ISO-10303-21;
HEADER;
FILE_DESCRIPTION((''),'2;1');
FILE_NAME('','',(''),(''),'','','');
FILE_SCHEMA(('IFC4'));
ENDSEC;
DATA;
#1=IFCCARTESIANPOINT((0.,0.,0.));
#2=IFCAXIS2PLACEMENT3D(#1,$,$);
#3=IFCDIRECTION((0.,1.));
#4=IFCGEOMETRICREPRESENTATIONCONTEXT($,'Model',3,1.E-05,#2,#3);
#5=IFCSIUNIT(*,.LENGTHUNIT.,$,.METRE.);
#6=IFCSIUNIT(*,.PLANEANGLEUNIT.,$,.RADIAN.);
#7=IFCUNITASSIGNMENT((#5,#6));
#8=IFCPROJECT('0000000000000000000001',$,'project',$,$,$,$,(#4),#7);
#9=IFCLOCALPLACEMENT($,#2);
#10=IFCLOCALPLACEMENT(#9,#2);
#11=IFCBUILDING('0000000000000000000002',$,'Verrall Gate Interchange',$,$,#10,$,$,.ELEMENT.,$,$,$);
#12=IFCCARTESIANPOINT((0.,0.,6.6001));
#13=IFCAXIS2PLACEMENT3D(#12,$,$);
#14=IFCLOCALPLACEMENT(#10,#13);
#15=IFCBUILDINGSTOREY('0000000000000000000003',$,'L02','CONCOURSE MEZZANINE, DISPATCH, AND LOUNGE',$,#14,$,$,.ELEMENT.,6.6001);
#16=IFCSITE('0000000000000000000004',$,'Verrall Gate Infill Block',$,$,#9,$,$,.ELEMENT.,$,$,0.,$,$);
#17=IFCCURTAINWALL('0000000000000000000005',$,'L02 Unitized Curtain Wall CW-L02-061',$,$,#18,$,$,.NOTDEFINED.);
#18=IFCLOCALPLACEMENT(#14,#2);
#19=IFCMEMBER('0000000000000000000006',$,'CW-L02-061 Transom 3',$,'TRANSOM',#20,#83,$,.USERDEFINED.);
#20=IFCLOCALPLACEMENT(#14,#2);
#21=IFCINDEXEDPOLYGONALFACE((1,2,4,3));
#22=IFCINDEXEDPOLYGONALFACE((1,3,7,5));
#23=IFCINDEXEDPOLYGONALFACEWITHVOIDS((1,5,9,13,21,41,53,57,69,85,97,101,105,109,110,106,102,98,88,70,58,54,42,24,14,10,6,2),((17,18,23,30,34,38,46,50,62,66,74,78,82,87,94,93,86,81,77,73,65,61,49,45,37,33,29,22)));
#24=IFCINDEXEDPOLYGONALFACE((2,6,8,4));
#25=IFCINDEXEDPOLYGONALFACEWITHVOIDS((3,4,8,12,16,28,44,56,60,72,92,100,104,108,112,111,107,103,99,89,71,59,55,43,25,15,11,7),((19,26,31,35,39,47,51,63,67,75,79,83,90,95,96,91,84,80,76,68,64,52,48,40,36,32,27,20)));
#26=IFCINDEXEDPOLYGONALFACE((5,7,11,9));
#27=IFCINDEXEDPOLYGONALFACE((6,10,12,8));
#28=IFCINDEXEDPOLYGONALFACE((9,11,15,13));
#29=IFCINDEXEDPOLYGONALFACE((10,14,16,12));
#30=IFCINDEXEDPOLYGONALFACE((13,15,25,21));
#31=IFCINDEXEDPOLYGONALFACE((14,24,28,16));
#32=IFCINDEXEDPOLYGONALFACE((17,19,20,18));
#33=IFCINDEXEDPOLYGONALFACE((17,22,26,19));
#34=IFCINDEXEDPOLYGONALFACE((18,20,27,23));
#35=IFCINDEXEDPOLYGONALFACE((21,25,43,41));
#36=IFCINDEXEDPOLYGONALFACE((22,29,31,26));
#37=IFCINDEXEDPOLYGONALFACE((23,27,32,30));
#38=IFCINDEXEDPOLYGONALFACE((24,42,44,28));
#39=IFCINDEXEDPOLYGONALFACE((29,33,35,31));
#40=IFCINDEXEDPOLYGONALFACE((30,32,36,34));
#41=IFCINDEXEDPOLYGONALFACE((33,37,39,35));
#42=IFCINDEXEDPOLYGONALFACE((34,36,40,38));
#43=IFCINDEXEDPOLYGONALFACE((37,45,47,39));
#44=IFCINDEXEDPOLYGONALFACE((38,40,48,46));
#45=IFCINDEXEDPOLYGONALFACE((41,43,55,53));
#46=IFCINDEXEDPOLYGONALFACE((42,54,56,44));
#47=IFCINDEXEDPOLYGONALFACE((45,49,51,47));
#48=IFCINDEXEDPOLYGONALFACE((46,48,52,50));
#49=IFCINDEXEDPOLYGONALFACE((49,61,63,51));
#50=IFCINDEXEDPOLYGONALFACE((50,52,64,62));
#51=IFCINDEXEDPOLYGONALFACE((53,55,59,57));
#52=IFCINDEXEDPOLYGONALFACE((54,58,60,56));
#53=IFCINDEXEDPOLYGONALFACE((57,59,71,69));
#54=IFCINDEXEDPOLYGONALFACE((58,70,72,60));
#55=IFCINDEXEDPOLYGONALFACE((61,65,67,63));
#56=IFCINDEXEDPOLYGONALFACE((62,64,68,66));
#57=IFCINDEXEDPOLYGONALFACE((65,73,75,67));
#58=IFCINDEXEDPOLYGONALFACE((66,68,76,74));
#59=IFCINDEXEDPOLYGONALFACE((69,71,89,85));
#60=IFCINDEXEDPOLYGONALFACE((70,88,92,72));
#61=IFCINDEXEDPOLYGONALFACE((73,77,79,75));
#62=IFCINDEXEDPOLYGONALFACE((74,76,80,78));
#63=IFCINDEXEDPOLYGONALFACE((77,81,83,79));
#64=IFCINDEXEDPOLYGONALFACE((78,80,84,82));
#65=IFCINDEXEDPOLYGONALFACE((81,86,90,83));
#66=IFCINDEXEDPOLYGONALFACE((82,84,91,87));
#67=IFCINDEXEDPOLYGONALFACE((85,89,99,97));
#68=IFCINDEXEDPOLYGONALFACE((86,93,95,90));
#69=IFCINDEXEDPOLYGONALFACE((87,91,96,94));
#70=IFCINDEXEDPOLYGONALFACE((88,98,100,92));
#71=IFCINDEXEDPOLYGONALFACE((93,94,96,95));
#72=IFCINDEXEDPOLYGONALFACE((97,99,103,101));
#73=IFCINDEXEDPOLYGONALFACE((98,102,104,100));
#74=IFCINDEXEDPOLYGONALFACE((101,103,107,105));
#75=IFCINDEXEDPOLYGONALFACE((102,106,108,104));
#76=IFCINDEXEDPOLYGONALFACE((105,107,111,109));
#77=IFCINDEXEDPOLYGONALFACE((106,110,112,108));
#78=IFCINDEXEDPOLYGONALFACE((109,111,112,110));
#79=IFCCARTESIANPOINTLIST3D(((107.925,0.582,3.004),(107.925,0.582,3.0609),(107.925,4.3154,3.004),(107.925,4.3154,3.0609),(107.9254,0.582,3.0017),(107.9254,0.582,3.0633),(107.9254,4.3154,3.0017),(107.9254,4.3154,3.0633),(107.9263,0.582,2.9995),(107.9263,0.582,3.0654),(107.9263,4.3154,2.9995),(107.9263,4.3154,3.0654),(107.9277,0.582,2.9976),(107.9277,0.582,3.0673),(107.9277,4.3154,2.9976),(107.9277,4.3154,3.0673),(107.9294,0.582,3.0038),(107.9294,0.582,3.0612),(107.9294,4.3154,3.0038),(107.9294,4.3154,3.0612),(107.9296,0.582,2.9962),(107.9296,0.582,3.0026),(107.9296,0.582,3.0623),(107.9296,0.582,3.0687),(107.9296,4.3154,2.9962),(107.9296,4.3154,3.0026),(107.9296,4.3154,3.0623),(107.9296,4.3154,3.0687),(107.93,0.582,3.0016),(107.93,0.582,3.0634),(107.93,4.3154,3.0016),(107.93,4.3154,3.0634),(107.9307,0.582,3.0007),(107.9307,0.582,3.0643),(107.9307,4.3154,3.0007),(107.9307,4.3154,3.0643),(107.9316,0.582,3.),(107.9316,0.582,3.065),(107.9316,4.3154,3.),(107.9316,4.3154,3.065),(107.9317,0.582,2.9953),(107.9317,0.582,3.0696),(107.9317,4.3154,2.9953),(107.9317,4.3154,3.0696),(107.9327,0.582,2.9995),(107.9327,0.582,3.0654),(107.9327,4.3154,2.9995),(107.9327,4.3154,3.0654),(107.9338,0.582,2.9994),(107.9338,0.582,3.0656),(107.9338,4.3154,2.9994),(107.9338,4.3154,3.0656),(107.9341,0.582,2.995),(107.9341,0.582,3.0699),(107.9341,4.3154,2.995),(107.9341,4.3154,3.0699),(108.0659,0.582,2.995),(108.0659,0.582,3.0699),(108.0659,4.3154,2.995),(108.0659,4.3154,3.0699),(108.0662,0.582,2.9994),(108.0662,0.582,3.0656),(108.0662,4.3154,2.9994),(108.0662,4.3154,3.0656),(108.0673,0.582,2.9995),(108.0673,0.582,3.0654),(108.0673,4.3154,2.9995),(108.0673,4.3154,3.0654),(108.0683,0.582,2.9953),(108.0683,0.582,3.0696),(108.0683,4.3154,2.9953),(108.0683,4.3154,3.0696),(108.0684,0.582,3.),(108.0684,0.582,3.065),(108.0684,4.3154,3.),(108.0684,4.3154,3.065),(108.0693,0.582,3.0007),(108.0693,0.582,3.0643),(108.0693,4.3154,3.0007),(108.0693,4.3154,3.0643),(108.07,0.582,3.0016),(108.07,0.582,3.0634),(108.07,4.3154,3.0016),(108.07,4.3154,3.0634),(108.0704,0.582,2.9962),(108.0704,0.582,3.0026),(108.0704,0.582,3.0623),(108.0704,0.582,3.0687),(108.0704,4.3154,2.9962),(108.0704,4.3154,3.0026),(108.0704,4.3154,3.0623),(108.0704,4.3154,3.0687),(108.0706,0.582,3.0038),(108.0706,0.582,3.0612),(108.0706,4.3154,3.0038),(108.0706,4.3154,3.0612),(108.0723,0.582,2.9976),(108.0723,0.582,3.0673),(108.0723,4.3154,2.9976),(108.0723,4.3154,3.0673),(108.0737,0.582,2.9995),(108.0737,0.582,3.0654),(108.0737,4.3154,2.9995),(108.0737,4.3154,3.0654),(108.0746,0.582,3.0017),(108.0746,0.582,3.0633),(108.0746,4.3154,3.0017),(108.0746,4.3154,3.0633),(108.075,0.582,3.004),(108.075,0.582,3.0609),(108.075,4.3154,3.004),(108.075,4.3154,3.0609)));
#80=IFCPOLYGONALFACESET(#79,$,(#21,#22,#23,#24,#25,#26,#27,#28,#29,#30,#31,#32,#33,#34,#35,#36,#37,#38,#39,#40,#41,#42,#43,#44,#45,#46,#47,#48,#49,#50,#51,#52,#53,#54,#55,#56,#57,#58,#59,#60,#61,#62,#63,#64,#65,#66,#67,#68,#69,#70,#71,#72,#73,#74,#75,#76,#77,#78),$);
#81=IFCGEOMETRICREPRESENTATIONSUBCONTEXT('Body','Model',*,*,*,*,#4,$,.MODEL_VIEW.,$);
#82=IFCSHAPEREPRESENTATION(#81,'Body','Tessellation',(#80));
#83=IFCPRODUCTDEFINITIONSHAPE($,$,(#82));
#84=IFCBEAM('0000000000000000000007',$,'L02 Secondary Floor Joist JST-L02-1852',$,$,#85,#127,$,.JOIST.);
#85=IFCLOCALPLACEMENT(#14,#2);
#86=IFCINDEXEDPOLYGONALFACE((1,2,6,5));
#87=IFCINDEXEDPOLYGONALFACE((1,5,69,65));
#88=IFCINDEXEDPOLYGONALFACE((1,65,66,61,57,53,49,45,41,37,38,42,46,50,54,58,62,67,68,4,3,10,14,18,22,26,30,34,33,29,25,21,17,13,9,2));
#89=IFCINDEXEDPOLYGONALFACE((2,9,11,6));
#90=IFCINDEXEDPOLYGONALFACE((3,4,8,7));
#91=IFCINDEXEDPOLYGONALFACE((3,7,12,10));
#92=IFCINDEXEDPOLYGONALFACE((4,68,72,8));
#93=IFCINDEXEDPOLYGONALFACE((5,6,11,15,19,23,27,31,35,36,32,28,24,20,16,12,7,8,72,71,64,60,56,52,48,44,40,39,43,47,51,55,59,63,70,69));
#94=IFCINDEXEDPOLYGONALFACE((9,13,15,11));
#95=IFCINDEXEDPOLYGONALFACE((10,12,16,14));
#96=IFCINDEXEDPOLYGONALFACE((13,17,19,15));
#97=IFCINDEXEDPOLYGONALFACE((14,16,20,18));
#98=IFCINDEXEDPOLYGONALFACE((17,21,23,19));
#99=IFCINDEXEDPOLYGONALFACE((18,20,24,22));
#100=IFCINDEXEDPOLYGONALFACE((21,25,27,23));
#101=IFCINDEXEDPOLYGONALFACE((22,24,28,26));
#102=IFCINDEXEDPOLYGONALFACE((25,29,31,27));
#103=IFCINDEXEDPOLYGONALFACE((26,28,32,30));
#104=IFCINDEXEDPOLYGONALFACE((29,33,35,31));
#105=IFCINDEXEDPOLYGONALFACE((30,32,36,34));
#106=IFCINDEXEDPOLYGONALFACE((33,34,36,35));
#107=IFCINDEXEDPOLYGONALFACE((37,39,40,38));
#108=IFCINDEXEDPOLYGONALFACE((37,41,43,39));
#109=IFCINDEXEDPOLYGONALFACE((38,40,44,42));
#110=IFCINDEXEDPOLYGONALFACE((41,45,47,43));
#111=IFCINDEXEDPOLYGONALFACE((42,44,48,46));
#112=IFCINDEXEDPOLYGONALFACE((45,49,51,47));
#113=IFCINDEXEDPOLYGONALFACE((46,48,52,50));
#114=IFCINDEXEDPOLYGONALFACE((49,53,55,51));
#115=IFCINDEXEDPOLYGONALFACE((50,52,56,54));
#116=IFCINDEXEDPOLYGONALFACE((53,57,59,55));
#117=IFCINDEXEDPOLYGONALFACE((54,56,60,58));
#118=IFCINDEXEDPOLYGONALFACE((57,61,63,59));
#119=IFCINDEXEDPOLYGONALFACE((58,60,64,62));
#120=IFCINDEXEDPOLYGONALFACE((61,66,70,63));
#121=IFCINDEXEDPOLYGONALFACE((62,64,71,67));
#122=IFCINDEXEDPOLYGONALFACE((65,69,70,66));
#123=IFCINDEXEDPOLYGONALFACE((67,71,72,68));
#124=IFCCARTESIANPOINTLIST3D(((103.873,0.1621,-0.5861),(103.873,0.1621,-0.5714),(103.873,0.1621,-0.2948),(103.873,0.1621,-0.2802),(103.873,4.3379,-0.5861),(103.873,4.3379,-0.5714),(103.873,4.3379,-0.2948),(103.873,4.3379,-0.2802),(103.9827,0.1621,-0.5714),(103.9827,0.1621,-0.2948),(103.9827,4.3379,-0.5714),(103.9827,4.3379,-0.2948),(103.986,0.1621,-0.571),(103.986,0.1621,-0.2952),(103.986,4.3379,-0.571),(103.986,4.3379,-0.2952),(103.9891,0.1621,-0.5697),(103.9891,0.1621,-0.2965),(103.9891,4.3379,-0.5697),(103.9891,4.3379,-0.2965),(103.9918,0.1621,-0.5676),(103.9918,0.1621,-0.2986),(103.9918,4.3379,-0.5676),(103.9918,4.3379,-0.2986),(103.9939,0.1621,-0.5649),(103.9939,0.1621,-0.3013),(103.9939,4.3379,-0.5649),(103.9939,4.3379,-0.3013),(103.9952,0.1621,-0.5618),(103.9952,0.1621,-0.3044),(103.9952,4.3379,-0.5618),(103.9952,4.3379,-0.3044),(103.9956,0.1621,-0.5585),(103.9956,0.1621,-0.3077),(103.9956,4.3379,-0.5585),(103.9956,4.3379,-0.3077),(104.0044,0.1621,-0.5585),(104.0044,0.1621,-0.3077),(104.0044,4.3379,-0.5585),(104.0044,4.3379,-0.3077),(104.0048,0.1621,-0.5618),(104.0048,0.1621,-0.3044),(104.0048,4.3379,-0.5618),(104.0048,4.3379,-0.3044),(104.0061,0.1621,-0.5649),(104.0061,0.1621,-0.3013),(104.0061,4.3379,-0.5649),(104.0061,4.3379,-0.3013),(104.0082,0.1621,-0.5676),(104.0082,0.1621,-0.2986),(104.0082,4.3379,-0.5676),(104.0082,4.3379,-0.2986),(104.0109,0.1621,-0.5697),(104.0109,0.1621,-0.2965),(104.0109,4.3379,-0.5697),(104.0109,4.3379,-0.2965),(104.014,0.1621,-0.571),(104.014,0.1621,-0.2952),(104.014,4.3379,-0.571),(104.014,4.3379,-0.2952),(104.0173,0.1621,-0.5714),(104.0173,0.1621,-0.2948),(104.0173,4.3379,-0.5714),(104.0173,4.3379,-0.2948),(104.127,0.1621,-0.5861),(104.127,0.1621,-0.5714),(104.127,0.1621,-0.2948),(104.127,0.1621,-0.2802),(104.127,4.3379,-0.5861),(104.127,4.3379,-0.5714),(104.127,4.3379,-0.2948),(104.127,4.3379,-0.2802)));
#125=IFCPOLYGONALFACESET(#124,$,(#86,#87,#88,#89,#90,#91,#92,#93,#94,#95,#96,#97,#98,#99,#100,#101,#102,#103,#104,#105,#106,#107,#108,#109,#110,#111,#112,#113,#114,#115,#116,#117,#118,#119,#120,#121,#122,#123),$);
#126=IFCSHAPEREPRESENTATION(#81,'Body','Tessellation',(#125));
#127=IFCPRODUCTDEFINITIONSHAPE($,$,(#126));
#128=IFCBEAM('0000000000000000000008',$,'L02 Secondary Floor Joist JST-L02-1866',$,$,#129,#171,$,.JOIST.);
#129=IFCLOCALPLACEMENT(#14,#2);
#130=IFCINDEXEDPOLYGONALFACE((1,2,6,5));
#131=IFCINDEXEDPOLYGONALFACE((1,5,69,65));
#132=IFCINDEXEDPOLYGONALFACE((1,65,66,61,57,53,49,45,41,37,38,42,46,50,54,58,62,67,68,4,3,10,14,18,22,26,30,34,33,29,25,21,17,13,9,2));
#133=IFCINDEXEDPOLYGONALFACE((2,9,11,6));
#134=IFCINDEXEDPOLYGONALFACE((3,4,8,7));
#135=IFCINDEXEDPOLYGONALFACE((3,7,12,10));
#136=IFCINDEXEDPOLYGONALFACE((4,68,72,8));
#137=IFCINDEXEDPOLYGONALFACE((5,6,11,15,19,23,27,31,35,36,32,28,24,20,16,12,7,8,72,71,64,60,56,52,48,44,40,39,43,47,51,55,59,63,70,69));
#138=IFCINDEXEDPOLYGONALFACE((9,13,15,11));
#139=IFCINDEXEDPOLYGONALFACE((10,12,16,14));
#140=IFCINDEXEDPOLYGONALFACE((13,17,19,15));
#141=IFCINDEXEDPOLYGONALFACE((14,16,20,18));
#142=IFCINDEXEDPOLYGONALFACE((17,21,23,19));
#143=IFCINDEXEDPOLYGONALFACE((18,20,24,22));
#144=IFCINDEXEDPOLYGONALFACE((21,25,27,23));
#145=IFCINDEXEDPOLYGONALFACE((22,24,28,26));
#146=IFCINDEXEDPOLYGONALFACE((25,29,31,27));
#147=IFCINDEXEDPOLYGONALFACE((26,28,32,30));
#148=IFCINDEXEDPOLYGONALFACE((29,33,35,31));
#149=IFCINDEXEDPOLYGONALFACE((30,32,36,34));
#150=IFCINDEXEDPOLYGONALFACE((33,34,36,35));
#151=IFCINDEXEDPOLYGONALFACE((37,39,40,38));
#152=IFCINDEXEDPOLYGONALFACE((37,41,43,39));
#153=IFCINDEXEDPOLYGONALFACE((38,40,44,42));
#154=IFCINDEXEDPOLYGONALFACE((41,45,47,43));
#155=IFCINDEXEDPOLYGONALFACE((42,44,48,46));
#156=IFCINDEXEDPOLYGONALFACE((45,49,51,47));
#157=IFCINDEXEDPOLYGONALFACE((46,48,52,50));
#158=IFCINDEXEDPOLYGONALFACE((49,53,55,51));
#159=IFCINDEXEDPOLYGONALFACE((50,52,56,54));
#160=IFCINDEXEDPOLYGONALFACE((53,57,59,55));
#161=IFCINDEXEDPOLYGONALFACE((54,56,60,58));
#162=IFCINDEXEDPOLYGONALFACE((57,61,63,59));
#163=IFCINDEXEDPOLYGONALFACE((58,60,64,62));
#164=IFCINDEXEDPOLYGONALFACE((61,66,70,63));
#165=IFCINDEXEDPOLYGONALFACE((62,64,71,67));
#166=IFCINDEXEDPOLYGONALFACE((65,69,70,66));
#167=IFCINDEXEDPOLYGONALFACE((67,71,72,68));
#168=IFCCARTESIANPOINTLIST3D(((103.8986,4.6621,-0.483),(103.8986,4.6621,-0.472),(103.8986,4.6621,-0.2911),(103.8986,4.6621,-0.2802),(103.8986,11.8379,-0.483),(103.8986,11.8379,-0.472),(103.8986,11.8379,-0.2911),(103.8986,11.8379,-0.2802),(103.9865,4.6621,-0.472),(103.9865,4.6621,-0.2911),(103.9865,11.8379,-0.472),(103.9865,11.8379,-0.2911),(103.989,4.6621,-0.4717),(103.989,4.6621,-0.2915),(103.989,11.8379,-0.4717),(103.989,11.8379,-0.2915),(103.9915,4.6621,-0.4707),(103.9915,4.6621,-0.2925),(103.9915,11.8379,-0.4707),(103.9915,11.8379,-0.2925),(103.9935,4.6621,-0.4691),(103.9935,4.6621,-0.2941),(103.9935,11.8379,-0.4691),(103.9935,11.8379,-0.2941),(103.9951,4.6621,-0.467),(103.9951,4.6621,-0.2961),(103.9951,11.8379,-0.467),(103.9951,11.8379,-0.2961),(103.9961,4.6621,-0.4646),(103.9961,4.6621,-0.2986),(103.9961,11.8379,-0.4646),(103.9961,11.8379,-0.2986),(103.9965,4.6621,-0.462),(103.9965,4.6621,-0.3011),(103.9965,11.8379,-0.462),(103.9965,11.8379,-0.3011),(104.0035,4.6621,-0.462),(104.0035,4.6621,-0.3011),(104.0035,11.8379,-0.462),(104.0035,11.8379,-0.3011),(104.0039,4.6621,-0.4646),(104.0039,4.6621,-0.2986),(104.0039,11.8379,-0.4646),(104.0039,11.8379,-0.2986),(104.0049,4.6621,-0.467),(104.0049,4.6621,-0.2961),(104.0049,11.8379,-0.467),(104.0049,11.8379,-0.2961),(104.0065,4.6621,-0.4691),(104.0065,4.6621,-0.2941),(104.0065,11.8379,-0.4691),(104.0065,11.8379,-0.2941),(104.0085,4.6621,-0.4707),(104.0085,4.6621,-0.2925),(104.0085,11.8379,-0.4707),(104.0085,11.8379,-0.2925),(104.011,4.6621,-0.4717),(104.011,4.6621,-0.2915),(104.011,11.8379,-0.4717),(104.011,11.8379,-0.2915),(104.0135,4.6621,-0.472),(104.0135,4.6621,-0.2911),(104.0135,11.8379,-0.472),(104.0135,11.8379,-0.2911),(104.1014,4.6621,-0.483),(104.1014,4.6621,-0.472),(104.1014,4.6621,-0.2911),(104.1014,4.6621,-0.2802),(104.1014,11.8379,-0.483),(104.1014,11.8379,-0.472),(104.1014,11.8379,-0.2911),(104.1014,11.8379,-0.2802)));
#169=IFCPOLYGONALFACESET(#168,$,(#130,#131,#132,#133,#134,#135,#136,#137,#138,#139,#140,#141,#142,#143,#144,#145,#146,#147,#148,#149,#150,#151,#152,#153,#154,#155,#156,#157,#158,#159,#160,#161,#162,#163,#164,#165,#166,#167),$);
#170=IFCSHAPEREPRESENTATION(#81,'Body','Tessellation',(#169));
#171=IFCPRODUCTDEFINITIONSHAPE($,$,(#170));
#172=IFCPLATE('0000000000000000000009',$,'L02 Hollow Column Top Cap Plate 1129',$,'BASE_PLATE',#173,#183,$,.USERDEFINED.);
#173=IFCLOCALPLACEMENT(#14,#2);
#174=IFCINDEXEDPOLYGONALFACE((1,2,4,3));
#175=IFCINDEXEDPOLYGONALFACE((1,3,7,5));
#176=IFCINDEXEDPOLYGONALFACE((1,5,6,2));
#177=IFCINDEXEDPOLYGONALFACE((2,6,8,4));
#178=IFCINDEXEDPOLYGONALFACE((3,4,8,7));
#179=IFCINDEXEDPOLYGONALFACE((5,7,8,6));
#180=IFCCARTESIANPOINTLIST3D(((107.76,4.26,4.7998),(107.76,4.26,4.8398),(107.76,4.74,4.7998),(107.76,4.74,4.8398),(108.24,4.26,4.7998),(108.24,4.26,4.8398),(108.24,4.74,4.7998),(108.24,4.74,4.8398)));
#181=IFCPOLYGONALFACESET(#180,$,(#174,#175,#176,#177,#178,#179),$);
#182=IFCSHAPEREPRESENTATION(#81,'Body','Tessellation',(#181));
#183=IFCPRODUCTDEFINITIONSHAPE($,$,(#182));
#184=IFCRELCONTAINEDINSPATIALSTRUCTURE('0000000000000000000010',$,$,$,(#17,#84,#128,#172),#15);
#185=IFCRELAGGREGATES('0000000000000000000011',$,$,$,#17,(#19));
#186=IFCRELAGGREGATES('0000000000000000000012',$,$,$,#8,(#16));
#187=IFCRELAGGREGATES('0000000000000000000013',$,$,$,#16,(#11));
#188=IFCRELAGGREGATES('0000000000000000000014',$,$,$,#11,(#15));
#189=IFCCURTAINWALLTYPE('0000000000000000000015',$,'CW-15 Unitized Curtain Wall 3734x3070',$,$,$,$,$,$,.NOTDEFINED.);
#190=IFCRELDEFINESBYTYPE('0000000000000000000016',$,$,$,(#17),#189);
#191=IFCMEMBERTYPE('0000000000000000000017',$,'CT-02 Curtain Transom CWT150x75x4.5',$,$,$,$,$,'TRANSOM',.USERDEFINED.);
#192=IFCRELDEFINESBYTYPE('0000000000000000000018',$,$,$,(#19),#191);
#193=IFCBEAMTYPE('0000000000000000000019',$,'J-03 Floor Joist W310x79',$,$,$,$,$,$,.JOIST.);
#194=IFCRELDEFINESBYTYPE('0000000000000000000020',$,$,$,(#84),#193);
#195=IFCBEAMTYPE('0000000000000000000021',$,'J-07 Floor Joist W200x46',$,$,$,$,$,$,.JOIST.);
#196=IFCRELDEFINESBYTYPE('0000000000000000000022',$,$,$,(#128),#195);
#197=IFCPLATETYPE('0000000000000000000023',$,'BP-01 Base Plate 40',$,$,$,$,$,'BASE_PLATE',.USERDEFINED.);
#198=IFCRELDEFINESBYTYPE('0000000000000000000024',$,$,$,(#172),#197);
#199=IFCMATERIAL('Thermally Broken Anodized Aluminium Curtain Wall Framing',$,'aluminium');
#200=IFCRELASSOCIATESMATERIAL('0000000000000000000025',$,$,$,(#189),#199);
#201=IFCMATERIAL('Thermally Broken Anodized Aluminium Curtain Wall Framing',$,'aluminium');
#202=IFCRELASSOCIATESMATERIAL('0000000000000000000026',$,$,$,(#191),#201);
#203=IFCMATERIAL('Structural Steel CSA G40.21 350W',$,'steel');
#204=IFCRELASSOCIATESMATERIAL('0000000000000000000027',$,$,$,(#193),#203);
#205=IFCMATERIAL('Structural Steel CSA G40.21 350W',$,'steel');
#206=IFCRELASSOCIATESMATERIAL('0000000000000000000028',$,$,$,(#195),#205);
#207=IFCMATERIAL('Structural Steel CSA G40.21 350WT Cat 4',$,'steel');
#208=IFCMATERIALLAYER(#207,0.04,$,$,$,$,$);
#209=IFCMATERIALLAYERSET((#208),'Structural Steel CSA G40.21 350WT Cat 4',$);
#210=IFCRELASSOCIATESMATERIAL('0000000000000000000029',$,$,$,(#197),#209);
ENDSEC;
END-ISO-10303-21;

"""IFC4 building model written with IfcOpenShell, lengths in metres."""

from ifc_helpers import new_model, si_unit, direction, frame, origin, origin_2d, place, context, subcontext, project, spatial, rectangle, hollow_rectangle, i_section, extrude, material, layer, layer_set, material_profile, profile_set, type_object, element, aggregate, save


model = new_model("IFC4")

# Units and contexts
model_context = context("Model", 3, precision=1e-05, world=origin(), true_north=direction((0.0, 1.0)))
body_context = subcontext(model_context, "Body", "Model", "MODEL_VIEW")
ifc_project = project(units=[si_unit("LENGTHUNIT", "METRE"), si_unit("PLANEANGLEUNIT", "RADIAN")], contexts=[model_context])

# Site, building, storey
site_placement = place(None, origin())
site = spatial("IfcSite", under=ifc_project, at=site_placement, Name="Verrall Gate Infill Block", CompositionType="ELEMENT", RefElevation=0.0)
building_placement = place(site_placement, origin())
building = spatial("IfcBuilding", under=site, at=building_placement, Name="Verrall Gate Interchange", CompositionType="ELEMENT")
storey_placement = place(building_placement, frame((0.0, 0.0, 6.6001)))
storey = spatial("IfcBuildingStorey", under=building, at=storey_placement, Name="L02", Description="CONCOURSE MEZZANINE, DISPATCH, AND LOUNGE", CompositionType="ELEMENT", Elevation=6.6001)

# Curtain wall
ifc_material_1 = material(Name="Thermally Broken Anodized Aluminium Curtain Wall Framing", Category="aluminium")
curtain_wall_type_1 = type_object("IfcCurtainWallType", Name="CW-15 Unitized Curtain Wall 3734x3070", PredefinedType="NOTDEFINED", material=ifc_material_1)
curtain_wall_1_placement = place(storey_placement, origin())
curtain_wall_1 = element("IfcCurtainWall", 1, at=curtain_wall_1_placement, inside=storey, type_object=curtain_wall_type_1, Name="L02 Unitized Curtain Wall CW-L02-061", PredefinedType="NOTDEFINED")

# Member
ifc_material_2 = material(Name="Thermally Broken Anodized Aluminium Curtain Wall Framing", Category="aluminium")
ifc_material_profile_1 = material_profile(ifc_material_2, hollow_rectangle(XDim=0.1499, YDim=0.075, WallThickness=0.0044, InnerFilletRadius=0.0044, OuterFilletRadius=0.009, at=origin_2d()), Name="CWT150x75x4.5")
ifc_profile_set_1 = profile_set([ifc_material_profile_1], Name="Thermally Broken Anodized Aluminium Curtain Wall Framing")
member_type_1 = type_object("IfcMemberType", Name="CT-02 Curtain Transom CWT150x75x4.5", ElementType="TRANSOM", PredefinedType="USERDEFINED", material=ifc_profile_set_1)
member_1_placement = place(storey_placement, frame((108.0, 0.582, 3.0325), z_axis=(0.0, 1.0, 0.0), x_axis=(-1.0, 0.0, 0.0)))
member_1 = element("IfcMember", 2, at=member_1_placement, type_object=member_type_1, Name="CW-L02-061 Transom 3", ObjectType="TRANSOM", PredefinedType="USERDEFINED", context=body_context, shape_type="SweptSolid", body=[
    extrude(hollow_rectangle(XDim=0.1499, YDim=0.075, WallThickness=0.0044, InnerFilletRadius=0.0044, OuterFilletRadius=0.009, at=origin_2d()), origin(), (0.0, 0.0, 1.0), 3.7334),
])

# Beams
ifc_material_3 = material(Name="Structural Steel CSA G40.21 350W", Category="steel")
ifc_material_profile_2 = material_profile(ifc_material_3, i_section(OverallWidth=0.2539, OverallDepth=0.3059, WebThickness=0.0088, FlangeThickness=0.0146, FilletRadius=0.0129, at=origin_2d()), Name="W310x79")
ifc_profile_set_2 = profile_set([ifc_material_profile_2], Name="Structural Steel CSA G40.21 350W")
beam_type_1 = type_object("IfcBeamType", Name="J-03 Floor Joist W310x79", PredefinedType="JOIST", material=ifc_profile_set_2)
beam_1_placement = place(storey_placement, frame((104.0, 0.1621, -0.4331), z_axis=(0.0, 1.0, 0.0), x_axis=(-1.0, 0.0, 0.0)))
element("IfcBeam", 3, at=beam_1_placement, inside=storey, type_object=beam_type_1, Name="L02 Secondary Floor Joist JST-L02-1852", PredefinedType="JOIST", context=body_context, shape_type="SweptSolid", body=[
    extrude(i_section(OverallWidth=0.2539, OverallDepth=0.3059, WebThickness=0.0088, FlangeThickness=0.0146, FilletRadius=0.0129, at=origin_2d()), origin(), (0.0, 0.0, 1.0), 4.1758),
])
ifc_material_4 = material(Name="Structural Steel CSA G40.21 350W", Category="steel")
ifc_material_profile_3 = material_profile(ifc_material_4, i_section(OverallWidth=0.2029, OverallDepth=0.2029, WebThickness=0.0071, FlangeThickness=0.011, FilletRadius=0.01, at=origin_2d()), Name="W200x46")
ifc_profile_set_3 = profile_set([ifc_material_profile_3], Name="Structural Steel CSA G40.21 350W")
beam_type_2 = type_object("IfcBeamType", Name="J-07 Floor Joist W200x46", PredefinedType="JOIST", material=ifc_profile_set_3)
beam_2_placement = place(storey_placement, frame((104.0, 4.6621, -0.3816), z_axis=(0.0, 1.0, 0.0), x_axis=(-1.0, 0.0, 0.0)))
element("IfcBeam", 4, at=beam_2_placement, inside=storey, type_object=beam_type_2, Name="L02 Secondary Floor Joist JST-L02-1866", PredefinedType="JOIST", context=body_context, shape_type="SweptSolid", body=[
    extrude(i_section(OverallWidth=0.2029, OverallDepth=0.2029, WebThickness=0.0071, FlangeThickness=0.011, FilletRadius=0.01, at=origin_2d()), origin(), (0.0, 0.0, 1.0), 7.1758),
])

# Plate
ifc_material_5 = material(Name="Structural Steel CSA G40.21 350WT Cat 4", Category="steel")
ifc_layer_1 = layer(ifc_material_5, 0.04)
ifc_layer_set_1 = layer_set([ifc_layer_1], Name="Structural Steel CSA G40.21 350WT Cat 4")
plate_type_1 = type_object("IfcPlateType", Name="BP-01 Base Plate 40", ElementType="BASE_PLATE", PredefinedType="USERDEFINED", material=ifc_layer_set_1)
plate_1_placement = place(storey_placement, frame((108.0, 4.5, 4.7998), z_axis=(0.0, 0.0, 1.0), x_axis=(1.0, 0.0, 0.0)))
element("IfcPlate", 5, at=plate_1_placement, inside=storey, type_object=plate_type_1, Name="L02 Hollow Column Top Cap Plate 1129", ObjectType="BASE_PLATE", PredefinedType="USERDEFINED", context=body_context, shape_type="SweptSolid", body=[
    extrude(rectangle(XDim=0.48, YDim=0.48, at=origin_2d()), origin(), (0.0, 0.0, 1.0), 0.04),
])
aggregate(curtain_wall_1, [member_1])

save(model, "model.ifc")
